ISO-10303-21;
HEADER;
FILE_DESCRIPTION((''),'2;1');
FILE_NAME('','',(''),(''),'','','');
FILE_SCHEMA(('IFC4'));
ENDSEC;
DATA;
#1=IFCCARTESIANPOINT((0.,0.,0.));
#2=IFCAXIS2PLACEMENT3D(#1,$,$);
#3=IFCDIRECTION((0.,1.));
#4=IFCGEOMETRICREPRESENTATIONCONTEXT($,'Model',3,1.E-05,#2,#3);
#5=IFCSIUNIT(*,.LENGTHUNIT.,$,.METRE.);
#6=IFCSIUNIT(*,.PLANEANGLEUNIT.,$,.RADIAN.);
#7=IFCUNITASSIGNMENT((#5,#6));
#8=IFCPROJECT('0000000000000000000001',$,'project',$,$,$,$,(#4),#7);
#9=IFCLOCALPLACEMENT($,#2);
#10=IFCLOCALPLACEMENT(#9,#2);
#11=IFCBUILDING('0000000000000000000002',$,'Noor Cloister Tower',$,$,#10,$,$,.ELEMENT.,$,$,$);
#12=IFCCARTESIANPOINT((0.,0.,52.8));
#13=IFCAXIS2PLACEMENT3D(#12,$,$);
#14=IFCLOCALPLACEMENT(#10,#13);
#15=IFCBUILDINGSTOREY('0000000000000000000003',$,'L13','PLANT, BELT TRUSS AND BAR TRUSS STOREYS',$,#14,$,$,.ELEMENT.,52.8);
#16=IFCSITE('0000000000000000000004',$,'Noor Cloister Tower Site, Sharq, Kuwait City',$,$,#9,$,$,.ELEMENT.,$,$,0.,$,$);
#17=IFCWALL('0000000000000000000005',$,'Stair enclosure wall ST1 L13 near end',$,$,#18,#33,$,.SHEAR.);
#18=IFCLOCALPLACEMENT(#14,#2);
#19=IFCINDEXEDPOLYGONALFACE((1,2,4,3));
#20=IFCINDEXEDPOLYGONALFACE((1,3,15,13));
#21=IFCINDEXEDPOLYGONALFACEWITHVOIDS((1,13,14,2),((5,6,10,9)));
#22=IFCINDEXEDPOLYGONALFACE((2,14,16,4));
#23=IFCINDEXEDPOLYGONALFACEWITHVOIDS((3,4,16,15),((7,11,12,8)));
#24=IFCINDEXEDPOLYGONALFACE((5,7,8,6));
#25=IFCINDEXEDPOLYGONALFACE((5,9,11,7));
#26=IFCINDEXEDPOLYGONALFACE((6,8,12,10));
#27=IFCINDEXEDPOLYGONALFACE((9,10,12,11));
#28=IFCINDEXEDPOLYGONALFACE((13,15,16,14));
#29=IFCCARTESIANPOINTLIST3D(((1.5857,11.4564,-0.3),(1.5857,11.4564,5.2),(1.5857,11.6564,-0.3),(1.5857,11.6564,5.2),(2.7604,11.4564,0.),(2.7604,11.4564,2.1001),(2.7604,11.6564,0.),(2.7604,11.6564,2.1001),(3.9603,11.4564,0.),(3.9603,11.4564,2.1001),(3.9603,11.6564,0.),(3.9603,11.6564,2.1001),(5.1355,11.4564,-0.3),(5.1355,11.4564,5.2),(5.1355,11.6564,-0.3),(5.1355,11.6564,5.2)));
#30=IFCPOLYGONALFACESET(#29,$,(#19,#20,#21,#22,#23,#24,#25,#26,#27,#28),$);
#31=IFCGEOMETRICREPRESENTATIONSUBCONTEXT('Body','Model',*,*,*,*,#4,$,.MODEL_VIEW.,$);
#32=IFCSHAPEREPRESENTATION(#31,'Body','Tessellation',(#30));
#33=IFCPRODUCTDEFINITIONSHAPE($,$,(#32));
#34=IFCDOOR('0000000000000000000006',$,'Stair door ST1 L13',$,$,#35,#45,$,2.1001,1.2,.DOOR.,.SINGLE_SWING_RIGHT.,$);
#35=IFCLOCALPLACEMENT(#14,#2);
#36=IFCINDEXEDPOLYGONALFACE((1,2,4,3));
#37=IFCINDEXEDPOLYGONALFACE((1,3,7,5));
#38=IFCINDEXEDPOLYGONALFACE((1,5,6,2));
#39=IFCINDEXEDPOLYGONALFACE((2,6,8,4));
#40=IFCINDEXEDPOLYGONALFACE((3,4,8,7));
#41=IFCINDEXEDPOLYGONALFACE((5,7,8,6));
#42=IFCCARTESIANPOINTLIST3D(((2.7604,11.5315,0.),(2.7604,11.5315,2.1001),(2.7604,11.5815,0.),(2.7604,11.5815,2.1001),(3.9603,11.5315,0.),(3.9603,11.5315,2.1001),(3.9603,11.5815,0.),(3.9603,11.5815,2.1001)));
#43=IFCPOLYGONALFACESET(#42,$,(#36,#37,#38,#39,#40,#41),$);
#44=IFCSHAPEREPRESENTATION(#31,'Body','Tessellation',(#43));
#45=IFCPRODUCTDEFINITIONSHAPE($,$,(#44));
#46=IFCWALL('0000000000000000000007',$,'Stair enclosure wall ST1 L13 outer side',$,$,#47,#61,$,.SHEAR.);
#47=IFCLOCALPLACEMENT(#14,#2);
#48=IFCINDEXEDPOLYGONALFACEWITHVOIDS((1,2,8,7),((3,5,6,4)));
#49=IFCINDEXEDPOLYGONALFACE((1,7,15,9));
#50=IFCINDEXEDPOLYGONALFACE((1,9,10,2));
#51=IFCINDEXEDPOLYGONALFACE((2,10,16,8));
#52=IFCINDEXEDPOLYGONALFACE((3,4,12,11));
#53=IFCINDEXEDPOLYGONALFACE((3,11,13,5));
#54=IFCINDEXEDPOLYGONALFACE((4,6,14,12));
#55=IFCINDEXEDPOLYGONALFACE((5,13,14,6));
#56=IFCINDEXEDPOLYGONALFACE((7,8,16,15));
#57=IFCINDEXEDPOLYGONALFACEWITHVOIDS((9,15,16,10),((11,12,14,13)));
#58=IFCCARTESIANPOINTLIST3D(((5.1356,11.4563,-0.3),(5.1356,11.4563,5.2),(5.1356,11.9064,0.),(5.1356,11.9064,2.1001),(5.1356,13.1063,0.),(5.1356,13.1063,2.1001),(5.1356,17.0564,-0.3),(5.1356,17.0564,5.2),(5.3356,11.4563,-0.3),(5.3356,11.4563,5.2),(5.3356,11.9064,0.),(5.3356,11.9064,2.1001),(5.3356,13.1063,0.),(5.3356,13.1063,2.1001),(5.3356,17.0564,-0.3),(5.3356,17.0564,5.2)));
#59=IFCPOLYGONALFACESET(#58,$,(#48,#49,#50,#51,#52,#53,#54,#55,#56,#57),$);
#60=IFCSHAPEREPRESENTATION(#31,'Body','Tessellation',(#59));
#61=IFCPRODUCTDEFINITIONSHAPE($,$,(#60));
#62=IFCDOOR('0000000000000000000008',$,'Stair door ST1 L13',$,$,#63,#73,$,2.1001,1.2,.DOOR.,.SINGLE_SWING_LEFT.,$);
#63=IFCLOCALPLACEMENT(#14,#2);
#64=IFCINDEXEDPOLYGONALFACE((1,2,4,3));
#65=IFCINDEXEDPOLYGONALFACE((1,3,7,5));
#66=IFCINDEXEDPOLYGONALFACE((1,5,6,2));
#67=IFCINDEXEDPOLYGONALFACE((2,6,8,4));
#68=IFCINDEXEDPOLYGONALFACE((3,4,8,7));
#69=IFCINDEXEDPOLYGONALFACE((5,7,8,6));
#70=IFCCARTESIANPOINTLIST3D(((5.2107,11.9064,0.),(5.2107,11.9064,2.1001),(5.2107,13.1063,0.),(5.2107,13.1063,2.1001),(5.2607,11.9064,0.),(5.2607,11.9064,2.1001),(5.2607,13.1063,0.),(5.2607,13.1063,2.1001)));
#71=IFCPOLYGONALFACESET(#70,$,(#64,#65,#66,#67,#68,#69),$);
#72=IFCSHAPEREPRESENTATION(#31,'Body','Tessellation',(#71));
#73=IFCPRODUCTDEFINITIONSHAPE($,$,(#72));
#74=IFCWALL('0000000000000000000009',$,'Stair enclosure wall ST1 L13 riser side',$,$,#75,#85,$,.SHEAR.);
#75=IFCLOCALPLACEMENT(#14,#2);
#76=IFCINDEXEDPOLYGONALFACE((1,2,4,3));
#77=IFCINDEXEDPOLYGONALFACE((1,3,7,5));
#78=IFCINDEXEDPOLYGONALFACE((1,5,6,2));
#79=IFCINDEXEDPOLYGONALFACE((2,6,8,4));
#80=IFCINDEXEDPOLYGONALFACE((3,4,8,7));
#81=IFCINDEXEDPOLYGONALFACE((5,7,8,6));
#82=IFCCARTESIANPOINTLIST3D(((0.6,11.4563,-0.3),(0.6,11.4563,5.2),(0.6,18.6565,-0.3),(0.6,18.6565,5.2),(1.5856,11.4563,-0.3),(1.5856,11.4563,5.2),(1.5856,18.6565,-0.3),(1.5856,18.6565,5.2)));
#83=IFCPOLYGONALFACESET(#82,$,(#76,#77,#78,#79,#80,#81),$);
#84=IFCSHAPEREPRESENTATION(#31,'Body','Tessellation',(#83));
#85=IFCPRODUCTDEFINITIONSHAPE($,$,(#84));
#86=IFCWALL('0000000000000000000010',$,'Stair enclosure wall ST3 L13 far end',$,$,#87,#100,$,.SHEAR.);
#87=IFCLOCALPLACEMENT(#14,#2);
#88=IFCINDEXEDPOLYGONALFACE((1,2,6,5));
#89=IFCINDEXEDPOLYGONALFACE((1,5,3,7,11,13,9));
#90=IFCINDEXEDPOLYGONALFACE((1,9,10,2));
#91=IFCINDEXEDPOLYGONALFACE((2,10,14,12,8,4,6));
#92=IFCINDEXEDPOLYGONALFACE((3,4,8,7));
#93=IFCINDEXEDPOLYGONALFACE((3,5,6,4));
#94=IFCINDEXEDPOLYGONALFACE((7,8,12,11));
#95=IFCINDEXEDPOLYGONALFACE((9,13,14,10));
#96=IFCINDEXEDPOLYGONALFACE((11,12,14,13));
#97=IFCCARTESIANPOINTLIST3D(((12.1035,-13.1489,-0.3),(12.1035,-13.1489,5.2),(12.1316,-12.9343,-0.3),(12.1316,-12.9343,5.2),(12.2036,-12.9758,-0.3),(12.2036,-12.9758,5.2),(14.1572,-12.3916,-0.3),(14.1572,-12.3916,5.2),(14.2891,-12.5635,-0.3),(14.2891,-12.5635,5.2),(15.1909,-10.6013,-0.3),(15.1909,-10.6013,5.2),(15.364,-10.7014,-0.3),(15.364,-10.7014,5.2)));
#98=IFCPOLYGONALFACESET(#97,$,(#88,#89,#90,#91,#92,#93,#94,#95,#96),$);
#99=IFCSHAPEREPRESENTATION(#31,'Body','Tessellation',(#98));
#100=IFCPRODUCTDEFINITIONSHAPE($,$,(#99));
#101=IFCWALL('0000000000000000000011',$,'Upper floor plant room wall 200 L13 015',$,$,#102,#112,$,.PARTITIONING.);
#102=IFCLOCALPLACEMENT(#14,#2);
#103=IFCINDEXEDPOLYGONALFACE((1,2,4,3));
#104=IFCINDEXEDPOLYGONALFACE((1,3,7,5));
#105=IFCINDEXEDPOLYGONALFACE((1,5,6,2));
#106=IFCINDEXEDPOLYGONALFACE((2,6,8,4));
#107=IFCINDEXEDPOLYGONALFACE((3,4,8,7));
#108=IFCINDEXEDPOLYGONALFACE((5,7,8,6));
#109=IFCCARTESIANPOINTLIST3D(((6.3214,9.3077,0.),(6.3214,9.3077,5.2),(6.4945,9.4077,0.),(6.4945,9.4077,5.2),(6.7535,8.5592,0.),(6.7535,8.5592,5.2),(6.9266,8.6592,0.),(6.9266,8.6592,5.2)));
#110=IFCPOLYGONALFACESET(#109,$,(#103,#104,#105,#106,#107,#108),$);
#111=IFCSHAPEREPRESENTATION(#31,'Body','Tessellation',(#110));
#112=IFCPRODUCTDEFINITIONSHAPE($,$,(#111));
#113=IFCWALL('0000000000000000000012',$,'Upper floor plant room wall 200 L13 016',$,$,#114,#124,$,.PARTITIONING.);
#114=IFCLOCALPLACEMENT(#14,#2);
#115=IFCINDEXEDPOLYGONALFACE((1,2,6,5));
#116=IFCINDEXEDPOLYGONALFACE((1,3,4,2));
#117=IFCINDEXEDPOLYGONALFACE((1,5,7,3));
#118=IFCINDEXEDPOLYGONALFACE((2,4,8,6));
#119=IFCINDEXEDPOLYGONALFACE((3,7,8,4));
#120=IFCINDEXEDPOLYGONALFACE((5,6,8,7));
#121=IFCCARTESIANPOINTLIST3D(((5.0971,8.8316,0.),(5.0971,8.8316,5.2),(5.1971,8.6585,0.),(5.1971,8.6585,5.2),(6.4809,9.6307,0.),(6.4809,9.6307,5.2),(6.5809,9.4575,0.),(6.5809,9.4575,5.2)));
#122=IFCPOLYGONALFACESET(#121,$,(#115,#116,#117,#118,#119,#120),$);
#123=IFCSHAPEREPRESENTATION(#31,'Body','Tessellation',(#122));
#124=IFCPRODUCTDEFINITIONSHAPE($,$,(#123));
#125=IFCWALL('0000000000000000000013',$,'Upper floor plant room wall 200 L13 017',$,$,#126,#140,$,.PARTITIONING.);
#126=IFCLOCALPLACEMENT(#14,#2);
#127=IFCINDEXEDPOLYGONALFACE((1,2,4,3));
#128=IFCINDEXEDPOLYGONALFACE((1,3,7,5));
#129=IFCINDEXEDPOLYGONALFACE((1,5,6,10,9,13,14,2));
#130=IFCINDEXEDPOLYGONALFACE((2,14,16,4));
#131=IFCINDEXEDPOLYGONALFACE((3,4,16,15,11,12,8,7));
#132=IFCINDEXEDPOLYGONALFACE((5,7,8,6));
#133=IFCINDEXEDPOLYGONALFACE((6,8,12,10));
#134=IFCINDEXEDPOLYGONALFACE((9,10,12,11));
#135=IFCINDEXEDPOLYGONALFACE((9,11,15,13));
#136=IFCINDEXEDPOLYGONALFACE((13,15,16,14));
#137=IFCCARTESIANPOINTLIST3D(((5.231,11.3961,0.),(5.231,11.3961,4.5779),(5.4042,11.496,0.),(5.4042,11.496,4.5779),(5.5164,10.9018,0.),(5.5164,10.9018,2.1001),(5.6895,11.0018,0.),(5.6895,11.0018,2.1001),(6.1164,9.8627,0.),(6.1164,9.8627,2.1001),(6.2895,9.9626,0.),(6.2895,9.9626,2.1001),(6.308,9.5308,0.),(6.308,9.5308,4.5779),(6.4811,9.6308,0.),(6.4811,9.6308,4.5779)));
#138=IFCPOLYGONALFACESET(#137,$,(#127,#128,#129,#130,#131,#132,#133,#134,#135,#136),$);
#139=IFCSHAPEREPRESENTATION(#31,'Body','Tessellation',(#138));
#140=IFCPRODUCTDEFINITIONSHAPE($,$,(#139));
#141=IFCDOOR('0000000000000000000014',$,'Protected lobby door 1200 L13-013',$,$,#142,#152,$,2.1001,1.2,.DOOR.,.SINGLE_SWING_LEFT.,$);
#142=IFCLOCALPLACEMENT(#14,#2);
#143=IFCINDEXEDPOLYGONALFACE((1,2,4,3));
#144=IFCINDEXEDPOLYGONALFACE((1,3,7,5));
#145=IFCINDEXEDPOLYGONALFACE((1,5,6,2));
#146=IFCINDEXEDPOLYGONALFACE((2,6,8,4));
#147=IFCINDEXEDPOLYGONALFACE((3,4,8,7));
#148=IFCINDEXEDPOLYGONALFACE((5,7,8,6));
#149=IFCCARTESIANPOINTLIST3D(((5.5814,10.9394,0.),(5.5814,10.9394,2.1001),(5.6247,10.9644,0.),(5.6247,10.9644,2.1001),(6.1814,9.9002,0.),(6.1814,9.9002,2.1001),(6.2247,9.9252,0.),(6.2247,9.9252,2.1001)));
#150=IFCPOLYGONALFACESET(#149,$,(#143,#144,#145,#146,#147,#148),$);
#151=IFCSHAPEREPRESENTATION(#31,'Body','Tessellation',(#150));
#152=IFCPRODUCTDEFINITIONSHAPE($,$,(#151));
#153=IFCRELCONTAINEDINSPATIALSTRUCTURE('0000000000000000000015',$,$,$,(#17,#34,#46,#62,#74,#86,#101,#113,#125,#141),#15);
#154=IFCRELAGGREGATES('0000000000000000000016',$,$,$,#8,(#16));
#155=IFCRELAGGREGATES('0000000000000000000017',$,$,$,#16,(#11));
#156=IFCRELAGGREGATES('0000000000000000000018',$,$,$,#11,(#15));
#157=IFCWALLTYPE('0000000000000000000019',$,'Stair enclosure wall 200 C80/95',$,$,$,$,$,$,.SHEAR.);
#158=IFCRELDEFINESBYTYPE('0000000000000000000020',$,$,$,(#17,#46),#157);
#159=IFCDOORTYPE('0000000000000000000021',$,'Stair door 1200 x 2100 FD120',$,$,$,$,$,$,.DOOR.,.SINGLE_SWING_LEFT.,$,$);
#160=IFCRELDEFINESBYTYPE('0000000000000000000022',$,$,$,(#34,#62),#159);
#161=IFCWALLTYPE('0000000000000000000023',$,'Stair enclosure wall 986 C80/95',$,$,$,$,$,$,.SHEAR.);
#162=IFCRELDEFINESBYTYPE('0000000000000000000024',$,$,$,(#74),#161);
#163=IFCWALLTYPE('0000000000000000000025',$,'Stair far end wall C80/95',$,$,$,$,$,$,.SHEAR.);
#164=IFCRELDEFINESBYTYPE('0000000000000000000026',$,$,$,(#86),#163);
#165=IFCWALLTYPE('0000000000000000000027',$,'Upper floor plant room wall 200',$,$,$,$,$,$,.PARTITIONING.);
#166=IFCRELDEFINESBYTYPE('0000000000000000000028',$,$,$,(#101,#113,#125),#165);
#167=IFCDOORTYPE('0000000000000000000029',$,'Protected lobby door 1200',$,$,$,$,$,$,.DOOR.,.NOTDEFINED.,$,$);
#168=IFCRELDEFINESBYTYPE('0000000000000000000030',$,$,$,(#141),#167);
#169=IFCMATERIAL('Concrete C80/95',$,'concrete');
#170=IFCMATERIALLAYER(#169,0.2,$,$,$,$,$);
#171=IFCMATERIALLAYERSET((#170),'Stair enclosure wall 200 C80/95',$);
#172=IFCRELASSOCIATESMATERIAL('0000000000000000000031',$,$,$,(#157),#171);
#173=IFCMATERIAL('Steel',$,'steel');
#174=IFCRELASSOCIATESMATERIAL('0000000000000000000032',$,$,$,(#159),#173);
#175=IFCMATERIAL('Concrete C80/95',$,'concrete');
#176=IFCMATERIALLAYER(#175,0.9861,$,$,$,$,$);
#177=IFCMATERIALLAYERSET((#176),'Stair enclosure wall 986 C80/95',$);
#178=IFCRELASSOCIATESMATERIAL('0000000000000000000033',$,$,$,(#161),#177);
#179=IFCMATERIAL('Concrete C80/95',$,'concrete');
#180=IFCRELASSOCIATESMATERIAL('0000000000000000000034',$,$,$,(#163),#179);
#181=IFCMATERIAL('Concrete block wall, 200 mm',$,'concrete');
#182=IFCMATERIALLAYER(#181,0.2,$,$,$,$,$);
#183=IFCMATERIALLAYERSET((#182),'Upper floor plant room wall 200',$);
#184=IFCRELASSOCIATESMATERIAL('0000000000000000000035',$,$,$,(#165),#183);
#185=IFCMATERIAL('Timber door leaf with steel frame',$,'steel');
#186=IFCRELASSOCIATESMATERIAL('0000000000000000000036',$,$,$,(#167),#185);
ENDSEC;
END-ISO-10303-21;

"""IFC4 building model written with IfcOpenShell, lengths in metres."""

from ifc_helpers import new_model, si_unit, direction, frame, frame_2d, origin, place, context, subcontext, project, spatial, polyline, rectangle, outline, extrude, material, layer, layer_set, type_object, element, fill, save


model = new_model("IFC4")

# Units and contexts
model_context = context("Model", 3, precision=1e-05, world=origin(), true_north=direction((0.0, 1.0)))
body_context = subcontext(model_context, "Body", "Model", "MODEL_VIEW")
ifc_project = project(units=[si_unit("LENGTHUNIT", "METRE"), si_unit("PLANEANGLEUNIT", "RADIAN")], contexts=[model_context])

# Site, building, storey
site_placement = place(None, origin())
site = spatial("IfcSite", under=ifc_project, at=site_placement, Name="Noor Cloister Tower Site, Sharq, Kuwait City", CompositionType="ELEMENT", RefElevation=0.0)
building_placement = place(site_placement, origin())
building = spatial("IfcBuilding", under=site, at=building_placement, Name="Noor Cloister Tower", CompositionType="ELEMENT")
storey_placement = place(building_placement, frame((0.0, 0.0, 52.8)))
storey = spatial("IfcBuildingStorey", under=building, at=storey_placement, Name="L13", Description="PLANT, BELT TRUSS AND BAR TRUSS STOREYS", CompositionType="ELEMENT", Elevation=52.8)

# Walls, openings, doors
ifc_material_1 = material(Name="Concrete C80/95", Category="concrete")
ifc_layer_1 = layer(ifc_material_1, 0.2)
ifc_layer_set_1 = layer_set([ifc_layer_1], Name="Stair enclosure wall 200 C80/95")
wall_type_1 = type_object("IfcWallType", Name="Stair enclosure wall 200 C80/95", PredefinedType="SHEAR", material=ifc_layer_set_1)
wall_1_placement = place(storey_placement, frame((5.1355, 11.5564, -0.3), z_axis=(0.0, 0.0, 1.0), x_axis=(-1.0, 0.0, 0.0)))
wall_1 = element("IfcWall", 1, at=wall_1_placement, inside=storey, type_object=wall_type_1, Name="Stair enclosure wall ST1 L13 near end", PredefinedType="SHEAR", context=body_context, shape_type="SweptSolid", body=[
    extrude(rectangle(XDim=3.5498, YDim=0.2, at=frame_2d((1.7749, 0.0))), origin(), (0.0, 0.0, 1.0), 5.5),
])
opening_1_placement = place(wall_1_placement, frame((1.175, 0.0, 0.3)))
opening_1 = element("IfcOpeningElement", 2, at=opening_1_placement, cuts=wall_1, PredefinedType="OPENING", context=body_context, shape_type="SweptSolid", body=[
    extrude(rectangle(XDim=1.2, YDim=2.1001, at=frame_2d((0.6001, 1.05))), frame((0.0, 0.1099, 0.0), z_axis=(0.0, -1.0, 0.0), x_axis=(1.0, 0.0, 0.0)), (0.0, 0.0, 1.0), 0.22),
])
ifc_material_2 = material(Name="Steel", Category="steel")
door_type_1 = type_object("IfcDoorType", Name="Stair door 1200 x 2100 FD120", OperationType="SINGLE_SWING_LEFT", PredefinedType="DOOR", material=ifc_material_2)
door_1_placement = place(opening_1_placement, origin())
door_1 = element("IfcDoor", 3, at=door_1_placement, inside=storey, type_object=door_type_1, Name="Stair door ST1 L13", OperationType="SINGLE_SWING_RIGHT", OverallHeight=2.1001, OverallWidth=1.2, PredefinedType="DOOR", context=body_context, shape_type="SweptSolid", body=[
    extrude(rectangle(XDim=1.2, YDim=2.1001, at=frame_2d((0.6001, 1.05))), frame((0.0, 0.0249, 0.0), z_axis=(0.0, -1.0, 0.0), x_axis=(1.0, 0.0, 0.0)), (0.0, 0.0, 1.0), 0.05),
])
fill(opening_1, door_1)
wall_2_placement = place(storey_placement, frame((5.2356, 11.4563, -0.3), z_axis=(0.0, 0.0, 1.0), x_axis=(0.0, 1.0, 0.0)))
wall_2 = element("IfcWall", 4, at=wall_2_placement, inside=storey, type_object=wall_type_1, Name="Stair enclosure wall ST1 L13 outer side", PredefinedType="SHEAR", context=body_context, shape_type="SweptSolid", body=[
    extrude(rectangle(XDim=5.6001, YDim=0.2, at=frame_2d((2.8, 0.0))), origin(), (0.0, 0.0, 1.0), 5.5),
])
opening_2_placement = place(wall_2_placement, frame((0.45, 0.0, 0.3)))
opening_2 = element("IfcOpeningElement", 5, at=opening_2_placement, cuts=wall_2, PredefinedType="OPENING", context=body_context, shape_type="SweptSolid", body=[
    extrude(rectangle(XDim=1.2, YDim=2.1001, at=frame_2d((0.6001, 1.05))), frame((0.0, 0.1099, 0.0), z_axis=(0.0, -1.0, 0.0), x_axis=(1.0, 0.0, 0.0)), (0.0, 0.0, 1.0), 0.22),
])
door_2_placement = place(opening_2_placement, origin())
door_2 = element("IfcDoor", 6, at=door_2_placement, inside=storey, type_object=door_type_1, Name="Stair door ST1 L13", OperationType="SINGLE_SWING_LEFT", OverallHeight=2.1001, OverallWidth=1.2, PredefinedType="DOOR", context=body_context, shape_type="SweptSolid", body=[
    extrude(rectangle(XDim=1.2, YDim=2.1001, at=frame_2d((0.6001, 1.05))), frame((0.0, 0.0249, 0.0), z_axis=(0.0, -1.0, 0.0), x_axis=(1.0, 0.0, 0.0)), (0.0, 0.0, 1.0), 0.05),
])
fill(opening_2, door_2)

# Walls
ifc_material_3 = material(Name="Concrete C80/95", Category="concrete")
ifc_layer_2 = layer(ifc_material_3, 0.9861)
ifc_layer_set_2 = layer_set([ifc_layer_2], Name="Stair enclosure wall 986 C80/95")
wall_type_2 = type_object("IfcWallType", Name="Stair enclosure wall 986 C80/95", PredefinedType="SHEAR", material=ifc_layer_set_2)
wall_3_placement = place(storey_placement, frame((1.0928, 11.4563, -0.3), z_axis=(0.0, 0.0, 1.0), x_axis=(0.0, 1.0, 0.0)))
element("IfcWall", 7, at=wall_3_placement, inside=storey, type_object=wall_type_2, Name="Stair enclosure wall ST1 L13 riser side", PredefinedType="SHEAR", context=body_context, shape_type="SweptSolid", body=[
    extrude(rectangle(XDim=7.2002, YDim=0.9856, at=frame_2d((3.6001, 0.0))), origin(), (0.0, 0.0, 1.0), 5.5),
])
ifc_material_4 = material(Name="Concrete C80/95", Category="concrete")
wall_type_3 = type_object("IfcWallType", Name="Stair far end wall C80/95", PredefinedType="SHEAR", material=ifc_material_4)
wall_4_placement = place(storey_placement, frame((0.0, 0.0, -0.3)))
element("IfcWall", 8, at=wall_4_placement, inside=storey, type_object=wall_type_3, Name="Stair enclosure wall ST3 L13 far end", PredefinedType="SHEAR", context=body_context, shape_type="SweptSolid", body=[
    extrude(outline(polyline([(12.1035, -13.1489), (14.2891, -12.5635), (15.364, -10.7014), (15.1909, -10.6013), (14.1572, -12.3916), (12.1316, -12.9343), (12.2036, -12.9758), (12.2036, -12.9758), (12.2036, -12.9758), (12.2036, -12.9758), (12.2036, -12.9758), (12.2036, -12.9758), (12.2036, -12.9758), (12.2036, -12.9758), (12.2036, -12.9758), (12.2036, -12.9758), (12.2036, -12.9758), (12.2036, -12.9758), (12.2036, -12.9758), (12.2036, -12.9758), (12.2036, -12.9758), (12.2036, -12.9758), (12.2036, -12.9758), (12.1035, -13.1489)])), origin(), (0.0, 0.0, 1.0), 5.5),
])
ifc_material_5 = material(Name="Concrete block wall, 200 mm", Category="concrete")
ifc_layer_3 = layer(ifc_material_5, 0.2)
ifc_layer_set_3 = layer_set([ifc_layer_3], Name="Upper floor plant room wall 200")
wall_type_4 = type_object("IfcWallType", Name="Upper floor plant room wall 200", PredefinedType="PARTITIONING", material=ifc_layer_set_3)
wall_5_placement = place(storey_placement, frame((6.408, 9.3577, 0.0), z_axis=(0.0, 0.0, 1.0), x_axis=(0.499967, -0.866044, 0.0)))
element("IfcWall", 9, at=wall_5_placement, inside=storey, type_object=wall_type_4, Name="Upper floor plant room wall 200 L13 015", PredefinedType="PARTITIONING", context=body_context, shape_type="SweptSolid", body=[
    extrude(rectangle(XDim=0.8643, YDim=0.2, at=frame_2d((0.4321, 0.0))), origin(), (0.0, 0.0, 1.0), 5.2),
])
wall_6_placement = place(storey_placement, frame((5.1472, 8.7451, 0.0), z_axis=(0.0, 0.0, 1.0), x_axis=(0.865987, 0.500066, 0.0)))
element("IfcWall", 10, at=wall_6_placement, inside=storey, type_object=wall_type_4, Name="Upper floor plant room wall 200 L13 016", PredefinedType="PARTITIONING", context=body_context, shape_type="SweptSolid", body=[
    extrude(rectangle(XDim=1.5979, YDim=0.2, at=frame_2d((0.7988, 0.0))), origin(), (0.0, 0.0, 1.0), 5.2),
])

# Wall, opening, door
wall_7_placement = place(storey_placement, frame((6.3945, 9.5808, 0.0), z_axis=(0.0, 0.0, 1.0), x_axis=(-0.500004, 0.866023, 0.0)))
wall_7 = element("IfcWall", 11, at=wall_7_placement, inside=storey, type_object=wall_type_4, Name="Upper floor plant room wall 200 L13 017", PredefinedType="PARTITIONING", context=body_context, shape_type="SweptSolid", body=[
    extrude(rectangle(XDim=2.1538, YDim=0.2, at=frame_2d((1.0769, 0.0))), origin(), (0.0, 0.0, 1.0), 4.5779),
])
opening_3_placement = place(wall_7_placement, frame((0.3831, 0.0, 0.0)))
opening_3 = element("IfcOpeningElement", 12, at=opening_3_placement, cuts=wall_7, PredefinedType="OPENING", context=body_context, shape_type="SweptSolid", body=[
    extrude(rectangle(XDim=1.2, YDim=2.1001, at=frame_2d((0.6001, 1.05))), frame((0.0, 0.1099, 0.0), z_axis=(0.0, -1.0, 0.0), x_axis=(1.0, 0.0, 0.0)), (0.0, 0.0, 1.0), 0.22),
])
ifc_material_6 = material(Name="Timber door leaf with steel frame", Category="steel")
door_type_2 = type_object("IfcDoorType", Name="Protected lobby door 1200", OperationType="NOTDEFINED", PredefinedType="DOOR", material=ifc_material_6)
door_3_placement = place(opening_3_placement, origin())
door_3 = element("IfcDoor", 13, at=door_3_placement, inside=storey, type_object=door_type_2, Name="Protected lobby door 1200 L13-013", OperationType="SINGLE_SWING_LEFT", OverallHeight=2.1001, OverallWidth=1.2, PredefinedType="DOOR", context=body_context, shape_type="SweptSolid", body=[
    extrude(rectangle(XDim=1.2, YDim=2.1001, at=frame_2d((0.6001, 1.05))), frame((0.0, 0.0249, 0.0), z_axis=(0.0, -1.0, 0.0), x_axis=(1.0, 0.0, 0.0)), (0.0, 0.0, 1.0), 0.05),
])
fill(opening_3, door_3)

save(model, "model.ifc")
